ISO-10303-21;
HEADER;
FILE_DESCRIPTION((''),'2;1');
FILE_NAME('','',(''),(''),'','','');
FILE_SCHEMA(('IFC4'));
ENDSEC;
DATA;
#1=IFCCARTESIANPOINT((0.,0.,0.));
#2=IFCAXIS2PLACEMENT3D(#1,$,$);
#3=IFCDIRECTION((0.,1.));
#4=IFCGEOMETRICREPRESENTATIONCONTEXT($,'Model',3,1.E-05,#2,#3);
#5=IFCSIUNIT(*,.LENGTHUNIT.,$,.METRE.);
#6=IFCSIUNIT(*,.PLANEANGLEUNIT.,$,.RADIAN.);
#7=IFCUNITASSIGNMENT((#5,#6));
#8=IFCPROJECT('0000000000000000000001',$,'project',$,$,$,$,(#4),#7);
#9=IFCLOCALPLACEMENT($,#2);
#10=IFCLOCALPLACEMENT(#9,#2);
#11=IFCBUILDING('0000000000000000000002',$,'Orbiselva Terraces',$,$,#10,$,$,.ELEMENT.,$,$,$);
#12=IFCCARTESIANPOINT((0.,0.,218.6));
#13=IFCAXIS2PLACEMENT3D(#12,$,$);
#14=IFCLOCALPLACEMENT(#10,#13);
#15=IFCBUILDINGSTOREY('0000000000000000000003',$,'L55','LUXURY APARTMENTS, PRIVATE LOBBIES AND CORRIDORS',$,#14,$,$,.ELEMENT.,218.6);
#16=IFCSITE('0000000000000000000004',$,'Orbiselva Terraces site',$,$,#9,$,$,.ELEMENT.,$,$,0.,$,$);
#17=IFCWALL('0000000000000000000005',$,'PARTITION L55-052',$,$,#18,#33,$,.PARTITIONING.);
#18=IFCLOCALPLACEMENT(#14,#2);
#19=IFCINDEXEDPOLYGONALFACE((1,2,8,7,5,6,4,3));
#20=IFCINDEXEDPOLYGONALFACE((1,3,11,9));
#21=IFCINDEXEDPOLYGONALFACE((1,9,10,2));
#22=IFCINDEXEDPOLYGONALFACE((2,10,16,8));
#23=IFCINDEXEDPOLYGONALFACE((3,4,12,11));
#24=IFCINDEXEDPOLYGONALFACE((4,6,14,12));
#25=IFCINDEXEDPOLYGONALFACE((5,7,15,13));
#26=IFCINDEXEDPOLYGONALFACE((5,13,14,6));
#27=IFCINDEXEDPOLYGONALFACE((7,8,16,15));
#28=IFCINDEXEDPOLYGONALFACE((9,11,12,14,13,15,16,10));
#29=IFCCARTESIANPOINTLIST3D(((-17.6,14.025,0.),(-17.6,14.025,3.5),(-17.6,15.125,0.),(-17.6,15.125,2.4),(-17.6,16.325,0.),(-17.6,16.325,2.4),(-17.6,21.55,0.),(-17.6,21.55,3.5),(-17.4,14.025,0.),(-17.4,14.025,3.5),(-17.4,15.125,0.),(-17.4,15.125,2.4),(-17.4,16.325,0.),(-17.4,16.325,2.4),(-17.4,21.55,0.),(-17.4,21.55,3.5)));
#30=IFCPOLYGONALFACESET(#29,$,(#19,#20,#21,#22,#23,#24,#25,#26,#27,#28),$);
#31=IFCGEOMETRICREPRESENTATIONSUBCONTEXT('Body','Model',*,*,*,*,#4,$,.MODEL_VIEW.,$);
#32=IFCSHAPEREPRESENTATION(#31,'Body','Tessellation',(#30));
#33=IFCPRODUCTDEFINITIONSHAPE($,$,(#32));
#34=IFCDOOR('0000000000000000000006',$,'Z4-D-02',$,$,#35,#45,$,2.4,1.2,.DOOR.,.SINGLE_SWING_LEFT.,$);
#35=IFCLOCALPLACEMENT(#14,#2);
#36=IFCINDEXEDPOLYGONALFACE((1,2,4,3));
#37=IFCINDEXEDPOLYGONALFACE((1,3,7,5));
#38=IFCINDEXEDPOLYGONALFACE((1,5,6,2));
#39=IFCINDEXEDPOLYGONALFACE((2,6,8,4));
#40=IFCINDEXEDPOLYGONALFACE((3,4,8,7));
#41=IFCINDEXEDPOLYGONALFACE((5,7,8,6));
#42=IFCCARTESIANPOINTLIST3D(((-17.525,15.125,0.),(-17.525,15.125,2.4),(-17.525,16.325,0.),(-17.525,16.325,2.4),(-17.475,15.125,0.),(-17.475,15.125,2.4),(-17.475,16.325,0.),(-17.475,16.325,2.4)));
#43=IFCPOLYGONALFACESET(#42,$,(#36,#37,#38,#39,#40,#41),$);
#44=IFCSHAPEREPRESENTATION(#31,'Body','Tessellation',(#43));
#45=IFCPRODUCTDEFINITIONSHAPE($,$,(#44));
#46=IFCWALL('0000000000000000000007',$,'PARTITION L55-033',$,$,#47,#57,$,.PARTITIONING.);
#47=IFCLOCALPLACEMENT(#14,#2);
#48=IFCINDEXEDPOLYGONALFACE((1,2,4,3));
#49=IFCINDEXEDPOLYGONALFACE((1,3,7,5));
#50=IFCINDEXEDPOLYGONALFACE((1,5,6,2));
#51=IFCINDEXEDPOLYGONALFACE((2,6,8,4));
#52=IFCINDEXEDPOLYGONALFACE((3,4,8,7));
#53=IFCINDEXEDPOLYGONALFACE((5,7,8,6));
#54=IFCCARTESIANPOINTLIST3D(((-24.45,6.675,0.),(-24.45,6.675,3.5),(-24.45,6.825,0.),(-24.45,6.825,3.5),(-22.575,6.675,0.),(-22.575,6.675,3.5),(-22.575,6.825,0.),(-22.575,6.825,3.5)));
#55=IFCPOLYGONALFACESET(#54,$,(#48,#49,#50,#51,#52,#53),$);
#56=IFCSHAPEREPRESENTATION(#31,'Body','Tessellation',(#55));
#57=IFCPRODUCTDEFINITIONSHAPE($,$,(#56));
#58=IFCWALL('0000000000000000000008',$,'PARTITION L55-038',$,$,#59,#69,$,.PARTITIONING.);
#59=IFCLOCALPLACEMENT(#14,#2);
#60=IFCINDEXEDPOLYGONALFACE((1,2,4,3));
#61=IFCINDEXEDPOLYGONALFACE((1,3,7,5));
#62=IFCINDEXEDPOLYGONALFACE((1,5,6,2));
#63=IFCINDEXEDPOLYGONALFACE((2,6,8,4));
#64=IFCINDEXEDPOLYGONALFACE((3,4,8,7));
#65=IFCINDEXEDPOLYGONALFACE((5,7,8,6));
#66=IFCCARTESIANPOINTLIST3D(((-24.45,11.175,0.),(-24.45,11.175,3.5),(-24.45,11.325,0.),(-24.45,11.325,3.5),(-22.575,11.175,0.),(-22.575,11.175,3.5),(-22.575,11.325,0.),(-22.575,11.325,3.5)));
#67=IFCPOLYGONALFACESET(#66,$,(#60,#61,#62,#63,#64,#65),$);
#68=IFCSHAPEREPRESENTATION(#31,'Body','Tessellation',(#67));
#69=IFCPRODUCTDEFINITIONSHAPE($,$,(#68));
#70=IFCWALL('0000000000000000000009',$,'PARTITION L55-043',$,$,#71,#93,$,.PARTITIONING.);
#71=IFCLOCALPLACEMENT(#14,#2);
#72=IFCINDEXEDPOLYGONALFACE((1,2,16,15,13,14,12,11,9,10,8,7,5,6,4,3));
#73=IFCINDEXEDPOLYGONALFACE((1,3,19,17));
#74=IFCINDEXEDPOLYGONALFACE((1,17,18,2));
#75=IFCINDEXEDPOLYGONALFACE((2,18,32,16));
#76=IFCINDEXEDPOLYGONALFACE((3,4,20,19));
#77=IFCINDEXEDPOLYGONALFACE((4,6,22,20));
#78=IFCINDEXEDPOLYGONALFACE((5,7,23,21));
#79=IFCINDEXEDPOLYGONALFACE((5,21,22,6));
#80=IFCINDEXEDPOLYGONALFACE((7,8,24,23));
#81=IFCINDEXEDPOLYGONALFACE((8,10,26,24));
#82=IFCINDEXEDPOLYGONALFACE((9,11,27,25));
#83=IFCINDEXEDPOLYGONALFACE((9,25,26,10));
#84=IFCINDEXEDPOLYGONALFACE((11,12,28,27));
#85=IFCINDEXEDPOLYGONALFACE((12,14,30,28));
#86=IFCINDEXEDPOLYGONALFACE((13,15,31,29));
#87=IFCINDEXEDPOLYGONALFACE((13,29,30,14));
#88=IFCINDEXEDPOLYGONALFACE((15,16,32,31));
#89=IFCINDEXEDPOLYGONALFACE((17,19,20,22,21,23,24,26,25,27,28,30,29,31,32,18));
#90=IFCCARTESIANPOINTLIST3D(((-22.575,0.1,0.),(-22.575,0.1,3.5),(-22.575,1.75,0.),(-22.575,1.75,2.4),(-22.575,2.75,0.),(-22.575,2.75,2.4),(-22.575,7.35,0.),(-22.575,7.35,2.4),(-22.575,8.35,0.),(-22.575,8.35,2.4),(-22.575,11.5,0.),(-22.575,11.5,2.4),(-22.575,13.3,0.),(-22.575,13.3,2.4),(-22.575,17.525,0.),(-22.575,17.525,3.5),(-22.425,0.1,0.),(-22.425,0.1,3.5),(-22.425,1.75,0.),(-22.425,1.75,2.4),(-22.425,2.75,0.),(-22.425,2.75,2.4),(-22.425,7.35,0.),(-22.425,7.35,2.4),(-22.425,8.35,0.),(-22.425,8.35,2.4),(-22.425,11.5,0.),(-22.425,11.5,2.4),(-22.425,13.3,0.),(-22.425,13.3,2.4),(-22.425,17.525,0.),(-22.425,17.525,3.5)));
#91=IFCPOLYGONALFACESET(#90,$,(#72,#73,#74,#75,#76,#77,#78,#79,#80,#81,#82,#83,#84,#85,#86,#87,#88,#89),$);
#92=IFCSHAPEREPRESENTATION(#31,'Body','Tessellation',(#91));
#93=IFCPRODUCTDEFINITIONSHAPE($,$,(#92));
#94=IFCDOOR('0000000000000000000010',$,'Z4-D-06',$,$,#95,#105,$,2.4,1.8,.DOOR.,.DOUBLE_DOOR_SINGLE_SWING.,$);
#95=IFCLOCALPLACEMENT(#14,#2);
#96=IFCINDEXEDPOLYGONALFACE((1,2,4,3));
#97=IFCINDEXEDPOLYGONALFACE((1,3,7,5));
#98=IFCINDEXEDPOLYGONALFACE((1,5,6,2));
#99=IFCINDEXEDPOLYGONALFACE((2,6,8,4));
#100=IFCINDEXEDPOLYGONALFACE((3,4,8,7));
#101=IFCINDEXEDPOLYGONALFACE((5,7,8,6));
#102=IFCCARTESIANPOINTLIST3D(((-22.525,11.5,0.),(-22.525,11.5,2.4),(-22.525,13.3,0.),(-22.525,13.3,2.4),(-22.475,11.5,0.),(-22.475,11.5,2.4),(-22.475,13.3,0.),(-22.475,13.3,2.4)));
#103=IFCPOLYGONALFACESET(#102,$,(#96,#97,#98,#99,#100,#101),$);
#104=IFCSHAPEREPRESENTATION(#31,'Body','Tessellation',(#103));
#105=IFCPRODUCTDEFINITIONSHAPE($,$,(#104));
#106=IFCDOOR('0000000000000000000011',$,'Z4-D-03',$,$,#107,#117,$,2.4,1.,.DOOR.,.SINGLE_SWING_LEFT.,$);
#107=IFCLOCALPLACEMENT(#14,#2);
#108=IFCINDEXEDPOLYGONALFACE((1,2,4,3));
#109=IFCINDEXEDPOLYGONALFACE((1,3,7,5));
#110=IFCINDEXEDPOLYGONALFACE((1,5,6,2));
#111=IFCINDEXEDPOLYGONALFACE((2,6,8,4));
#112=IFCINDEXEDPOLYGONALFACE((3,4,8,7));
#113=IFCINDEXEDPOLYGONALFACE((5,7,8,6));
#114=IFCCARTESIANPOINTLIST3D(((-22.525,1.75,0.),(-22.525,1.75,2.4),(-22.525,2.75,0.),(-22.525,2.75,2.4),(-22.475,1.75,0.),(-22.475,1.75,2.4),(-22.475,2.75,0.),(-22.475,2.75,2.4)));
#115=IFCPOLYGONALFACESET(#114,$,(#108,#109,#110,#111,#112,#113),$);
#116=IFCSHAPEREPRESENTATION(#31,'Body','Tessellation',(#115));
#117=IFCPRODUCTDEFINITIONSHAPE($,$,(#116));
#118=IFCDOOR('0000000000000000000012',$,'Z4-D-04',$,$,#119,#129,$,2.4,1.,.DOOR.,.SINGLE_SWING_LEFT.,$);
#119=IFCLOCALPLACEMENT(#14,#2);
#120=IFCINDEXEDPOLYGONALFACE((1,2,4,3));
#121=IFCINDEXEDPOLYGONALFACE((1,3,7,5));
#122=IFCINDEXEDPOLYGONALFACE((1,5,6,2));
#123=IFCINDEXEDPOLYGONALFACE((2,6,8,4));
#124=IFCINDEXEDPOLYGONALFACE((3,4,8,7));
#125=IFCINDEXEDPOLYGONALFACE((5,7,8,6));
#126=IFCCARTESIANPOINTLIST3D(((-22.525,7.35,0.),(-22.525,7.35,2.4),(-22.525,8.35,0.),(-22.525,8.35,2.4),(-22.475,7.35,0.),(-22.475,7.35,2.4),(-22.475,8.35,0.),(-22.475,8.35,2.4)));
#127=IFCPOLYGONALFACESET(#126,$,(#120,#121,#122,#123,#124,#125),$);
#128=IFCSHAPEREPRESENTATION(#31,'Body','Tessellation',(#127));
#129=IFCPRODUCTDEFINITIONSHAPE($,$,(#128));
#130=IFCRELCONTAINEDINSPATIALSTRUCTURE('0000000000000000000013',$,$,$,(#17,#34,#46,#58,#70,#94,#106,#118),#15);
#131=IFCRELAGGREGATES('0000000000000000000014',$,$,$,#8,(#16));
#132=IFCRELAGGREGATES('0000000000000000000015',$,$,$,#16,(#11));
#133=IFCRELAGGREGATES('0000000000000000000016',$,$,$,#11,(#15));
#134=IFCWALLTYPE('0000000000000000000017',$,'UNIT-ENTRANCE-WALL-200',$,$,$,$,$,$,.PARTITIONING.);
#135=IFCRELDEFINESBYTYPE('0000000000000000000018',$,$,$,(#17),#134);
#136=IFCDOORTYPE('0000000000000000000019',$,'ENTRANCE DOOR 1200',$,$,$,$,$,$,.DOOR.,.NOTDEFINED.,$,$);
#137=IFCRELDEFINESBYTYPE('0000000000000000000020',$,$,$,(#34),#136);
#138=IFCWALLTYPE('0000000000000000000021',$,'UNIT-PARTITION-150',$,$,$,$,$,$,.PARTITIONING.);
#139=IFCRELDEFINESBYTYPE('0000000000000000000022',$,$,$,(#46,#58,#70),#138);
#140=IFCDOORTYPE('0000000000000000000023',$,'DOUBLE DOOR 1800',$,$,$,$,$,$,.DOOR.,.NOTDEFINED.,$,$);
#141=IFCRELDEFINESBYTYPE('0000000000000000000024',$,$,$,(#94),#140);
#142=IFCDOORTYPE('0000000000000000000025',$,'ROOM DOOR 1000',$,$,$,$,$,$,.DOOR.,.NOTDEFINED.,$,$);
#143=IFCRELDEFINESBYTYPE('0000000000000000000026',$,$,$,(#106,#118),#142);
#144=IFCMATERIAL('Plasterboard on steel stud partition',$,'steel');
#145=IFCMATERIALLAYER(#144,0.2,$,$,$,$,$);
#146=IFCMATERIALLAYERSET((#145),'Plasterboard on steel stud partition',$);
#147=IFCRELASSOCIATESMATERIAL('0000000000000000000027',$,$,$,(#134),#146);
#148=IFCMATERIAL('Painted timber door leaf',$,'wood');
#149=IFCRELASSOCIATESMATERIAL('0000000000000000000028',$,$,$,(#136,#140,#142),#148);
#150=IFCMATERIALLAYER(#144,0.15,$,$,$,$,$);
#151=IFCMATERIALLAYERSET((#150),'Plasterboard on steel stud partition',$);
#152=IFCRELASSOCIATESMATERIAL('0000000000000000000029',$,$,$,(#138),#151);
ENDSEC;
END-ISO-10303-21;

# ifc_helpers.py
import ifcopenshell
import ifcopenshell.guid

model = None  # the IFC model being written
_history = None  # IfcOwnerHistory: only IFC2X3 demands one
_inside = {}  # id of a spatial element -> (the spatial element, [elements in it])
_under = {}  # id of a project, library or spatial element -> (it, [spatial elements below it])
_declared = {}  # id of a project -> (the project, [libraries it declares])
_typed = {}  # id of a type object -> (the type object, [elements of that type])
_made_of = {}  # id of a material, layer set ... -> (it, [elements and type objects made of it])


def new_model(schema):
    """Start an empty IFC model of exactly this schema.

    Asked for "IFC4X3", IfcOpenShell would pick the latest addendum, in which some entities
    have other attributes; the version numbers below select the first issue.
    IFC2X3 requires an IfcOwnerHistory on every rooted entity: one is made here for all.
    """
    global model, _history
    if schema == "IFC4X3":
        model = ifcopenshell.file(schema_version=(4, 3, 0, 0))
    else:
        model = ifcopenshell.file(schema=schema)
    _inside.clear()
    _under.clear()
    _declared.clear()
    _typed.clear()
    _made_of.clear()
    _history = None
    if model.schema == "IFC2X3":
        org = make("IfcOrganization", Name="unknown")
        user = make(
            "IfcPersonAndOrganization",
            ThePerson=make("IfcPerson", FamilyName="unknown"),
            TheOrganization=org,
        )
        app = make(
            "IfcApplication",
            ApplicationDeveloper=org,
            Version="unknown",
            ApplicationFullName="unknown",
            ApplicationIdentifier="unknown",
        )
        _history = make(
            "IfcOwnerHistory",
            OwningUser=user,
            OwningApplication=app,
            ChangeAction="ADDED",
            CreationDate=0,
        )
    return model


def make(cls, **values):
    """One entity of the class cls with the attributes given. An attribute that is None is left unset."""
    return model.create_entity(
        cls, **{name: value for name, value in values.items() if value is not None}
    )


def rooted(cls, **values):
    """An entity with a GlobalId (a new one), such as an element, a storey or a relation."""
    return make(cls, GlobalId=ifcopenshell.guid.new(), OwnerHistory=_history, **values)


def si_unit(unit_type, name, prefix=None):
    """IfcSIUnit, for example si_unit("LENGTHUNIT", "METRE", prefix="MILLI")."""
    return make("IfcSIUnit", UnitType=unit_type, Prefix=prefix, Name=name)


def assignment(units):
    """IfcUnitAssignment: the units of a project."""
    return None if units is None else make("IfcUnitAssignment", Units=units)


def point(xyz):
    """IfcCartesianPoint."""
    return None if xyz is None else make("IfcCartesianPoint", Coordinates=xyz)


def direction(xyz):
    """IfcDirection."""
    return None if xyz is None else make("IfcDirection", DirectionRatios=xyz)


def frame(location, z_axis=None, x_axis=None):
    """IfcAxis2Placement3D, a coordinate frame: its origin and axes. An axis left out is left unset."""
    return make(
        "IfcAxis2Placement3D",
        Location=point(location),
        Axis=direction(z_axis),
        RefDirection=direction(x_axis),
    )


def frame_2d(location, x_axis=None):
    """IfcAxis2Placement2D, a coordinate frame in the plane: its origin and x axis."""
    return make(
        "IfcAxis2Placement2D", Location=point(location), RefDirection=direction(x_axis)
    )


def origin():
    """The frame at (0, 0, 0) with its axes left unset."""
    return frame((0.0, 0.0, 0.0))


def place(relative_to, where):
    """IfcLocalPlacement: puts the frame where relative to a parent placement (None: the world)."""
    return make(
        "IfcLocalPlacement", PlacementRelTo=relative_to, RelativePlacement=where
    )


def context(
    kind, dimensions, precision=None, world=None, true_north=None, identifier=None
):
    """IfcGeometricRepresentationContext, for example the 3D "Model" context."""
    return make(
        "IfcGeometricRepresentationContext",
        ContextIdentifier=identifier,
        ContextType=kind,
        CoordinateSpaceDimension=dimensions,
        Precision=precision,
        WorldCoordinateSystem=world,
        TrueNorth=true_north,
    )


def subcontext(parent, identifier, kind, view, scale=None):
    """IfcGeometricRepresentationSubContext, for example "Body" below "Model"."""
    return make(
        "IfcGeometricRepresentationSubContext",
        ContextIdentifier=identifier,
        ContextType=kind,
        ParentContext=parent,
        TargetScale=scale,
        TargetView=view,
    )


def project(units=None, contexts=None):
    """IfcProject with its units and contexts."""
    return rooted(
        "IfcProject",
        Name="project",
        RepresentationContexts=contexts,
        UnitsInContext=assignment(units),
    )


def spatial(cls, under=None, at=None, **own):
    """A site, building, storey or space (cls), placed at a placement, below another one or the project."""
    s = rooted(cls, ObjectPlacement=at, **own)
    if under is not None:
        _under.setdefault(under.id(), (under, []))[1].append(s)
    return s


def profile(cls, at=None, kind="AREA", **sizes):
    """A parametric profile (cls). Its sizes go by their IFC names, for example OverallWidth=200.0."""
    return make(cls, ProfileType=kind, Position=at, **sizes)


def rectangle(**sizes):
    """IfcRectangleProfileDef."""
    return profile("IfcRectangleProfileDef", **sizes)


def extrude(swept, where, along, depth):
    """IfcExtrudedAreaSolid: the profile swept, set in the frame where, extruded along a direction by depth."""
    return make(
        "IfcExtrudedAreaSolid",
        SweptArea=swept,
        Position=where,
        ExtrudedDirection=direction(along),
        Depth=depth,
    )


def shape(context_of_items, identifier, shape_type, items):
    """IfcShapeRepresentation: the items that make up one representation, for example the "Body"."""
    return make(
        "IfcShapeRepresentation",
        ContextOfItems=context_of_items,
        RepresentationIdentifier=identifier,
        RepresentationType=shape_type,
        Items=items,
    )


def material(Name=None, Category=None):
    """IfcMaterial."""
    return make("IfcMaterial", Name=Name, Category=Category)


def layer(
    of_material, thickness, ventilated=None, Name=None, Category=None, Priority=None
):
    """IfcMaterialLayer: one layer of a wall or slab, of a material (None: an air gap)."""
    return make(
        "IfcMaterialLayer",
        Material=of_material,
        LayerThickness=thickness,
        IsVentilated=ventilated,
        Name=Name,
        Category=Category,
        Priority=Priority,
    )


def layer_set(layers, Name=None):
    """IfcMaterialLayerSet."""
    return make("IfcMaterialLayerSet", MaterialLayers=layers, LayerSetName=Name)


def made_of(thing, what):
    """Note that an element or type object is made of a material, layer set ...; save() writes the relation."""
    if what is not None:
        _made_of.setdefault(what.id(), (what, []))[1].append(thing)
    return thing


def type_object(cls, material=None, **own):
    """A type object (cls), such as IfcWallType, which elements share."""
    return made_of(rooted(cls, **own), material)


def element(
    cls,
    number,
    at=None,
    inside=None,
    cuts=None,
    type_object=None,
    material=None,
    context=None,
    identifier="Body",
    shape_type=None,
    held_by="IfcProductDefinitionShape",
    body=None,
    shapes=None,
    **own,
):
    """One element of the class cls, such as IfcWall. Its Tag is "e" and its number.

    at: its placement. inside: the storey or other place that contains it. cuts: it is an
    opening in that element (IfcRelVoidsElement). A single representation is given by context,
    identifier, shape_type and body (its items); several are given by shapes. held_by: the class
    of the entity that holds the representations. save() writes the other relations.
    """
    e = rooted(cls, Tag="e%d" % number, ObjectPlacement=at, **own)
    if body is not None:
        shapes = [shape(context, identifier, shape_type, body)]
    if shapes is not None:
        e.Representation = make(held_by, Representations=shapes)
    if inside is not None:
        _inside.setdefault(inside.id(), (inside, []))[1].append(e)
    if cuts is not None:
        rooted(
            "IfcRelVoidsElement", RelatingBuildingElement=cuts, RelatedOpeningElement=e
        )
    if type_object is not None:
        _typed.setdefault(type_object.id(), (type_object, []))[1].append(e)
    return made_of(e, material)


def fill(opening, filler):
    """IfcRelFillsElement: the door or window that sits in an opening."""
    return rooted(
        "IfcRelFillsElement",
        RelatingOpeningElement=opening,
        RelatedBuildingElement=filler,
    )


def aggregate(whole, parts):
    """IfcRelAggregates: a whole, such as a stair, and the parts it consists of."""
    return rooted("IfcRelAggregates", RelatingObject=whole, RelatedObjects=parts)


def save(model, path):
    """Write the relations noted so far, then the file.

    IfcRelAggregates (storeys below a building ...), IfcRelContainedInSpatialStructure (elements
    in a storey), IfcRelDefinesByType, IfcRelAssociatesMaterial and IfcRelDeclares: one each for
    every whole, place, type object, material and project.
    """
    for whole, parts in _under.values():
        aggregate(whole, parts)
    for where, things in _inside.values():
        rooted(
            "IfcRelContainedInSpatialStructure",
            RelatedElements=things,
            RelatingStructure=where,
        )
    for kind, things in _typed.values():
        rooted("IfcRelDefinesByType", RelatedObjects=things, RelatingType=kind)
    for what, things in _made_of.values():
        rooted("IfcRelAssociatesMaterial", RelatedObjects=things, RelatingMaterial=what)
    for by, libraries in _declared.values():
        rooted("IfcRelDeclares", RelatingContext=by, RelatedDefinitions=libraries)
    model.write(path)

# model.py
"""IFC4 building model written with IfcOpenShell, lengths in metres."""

from ifc_helpers import new_model, si_unit, direction, frame, frame_2d, origin, place, context, subcontext, project, spatial, rectangle, extrude, material, layer, layer_set, type_object, element, fill, save


model = new_model("IFC4")

# Units and contexts
model_context = context("Model", 3, precision=1e-05, world=origin(), true_north=direction((0.0, 1.0)))
body_context = subcontext(model_context, "Body", "Model", "MODEL_VIEW")
ifc_project = project(units=[si_unit("LENGTHUNIT", "METRE"), si_unit("PLANEANGLEUNIT", "RADIAN")], contexts=[model_context])

# Site, building, storey
site_placement = place(None, origin())
site = spatial("IfcSite", under=ifc_project, at=site_placement, Name="Orbiselva Terraces site", CompositionType="ELEMENT", RefElevation=0.0)
building_placement = place(site_placement, origin())
building = spatial("IfcBuilding", under=site, at=building_placement, Name="Orbiselva Terraces", CompositionType="ELEMENT")
storey_placement = place(building_placement, frame((0.0, 0.0, 218.6)))
storey = spatial("IfcBuildingStorey", under=building, at=storey_placement, Name="L55", Description="LUXURY APARTMENTS, PRIVATE LOBBIES AND CORRIDORS", CompositionType="ELEMENT", Elevation=218.6)

# Shared definitions
ifc_material_1 = material(Name="Plasterboard on steel stud partition", Category="steel")
ifc_layer_1 = layer(ifc_material_1, 0.2)
ifc_layer_set_1 = layer_set([ifc_layer_1], Name="Plasterboard on steel stud partition")
wall_type_1 = type_object("IfcWallType", Name="UNIT-ENTRANCE-WALL-200", PredefinedType="PARTITIONING", material=ifc_layer_set_1)

# Wall, opening, door
wall_1_placement = place(storey_placement, frame((-17.5, 14.025, 0.0), z_axis=(0.0, 0.0, 1.0), x_axis=(0.0, 1.0, 0.0)))
wall_1 = element("IfcWall", 1, at=wall_1_placement, inside=storey, type_object=wall_type_1, Name="PARTITION L55-052", PredefinedType="PARTITIONING", context=body_context, shape_type="SweptSolid", body=[
    extrude(rectangle(XDim=7.525, YDim=0.2, at=frame_2d((3.7625, 0.0))), origin(), (0.0, 0.0, 1.0), 3.5),
])
opening_1_placement = place(wall_1_placement, frame((1.1, 0.0, 0.0)))
opening_1 = element("IfcOpeningElement", 2, at=opening_1_placement, cuts=wall_1, PredefinedType="OPENING", context=body_context, shape_type="SweptSolid", body=[
    extrude(rectangle(XDim=1.2, YDim=2.4, at=frame_2d((0.6, 1.2))), frame((0.0, 0.11, 0.0), z_axis=(0.0, -1.0, 0.0), x_axis=(1.0, 0.0, 0.0)), (0.0, 0.0, 1.0), 0.22),
])
ifc_material_2 = material(Name="Painted timber door leaf", Category="wood")
door_type_1 = type_object("IfcDoorType", Name="ENTRANCE DOOR 1200", OperationType="NOTDEFINED", PredefinedType="DOOR", material=ifc_material_2)
door_1_placement = place(opening_1_placement, origin())
door_1 = element("IfcDoor", 3, at=door_1_placement, inside=storey, type_object=door_type_1, Name="Z4-D-02", OperationType="SINGLE_SWING_LEFT", OverallHeight=2.4, OverallWidth=1.2, PredefinedType="DOOR", context=body_context, shape_type="SweptSolid", body=[
    extrude(rectangle(XDim=1.2, YDim=2.4, at=frame_2d((0.6, 1.2))), frame((0.0, 0.025, 0.0), z_axis=(0.0, -1.0, 0.0), x_axis=(1.0, 0.0, 0.0)), (0.0, 0.0, 1.0), 0.05),
])
fill(opening_1, door_1)

# Walls
ifc_layer_2 = layer(ifc_material_1, 0.15)
ifc_layer_set_2 = layer_set([ifc_layer_2], Name="Plasterboard on steel stud partition")
wall_type_2 = type_object("IfcWallType", Name="UNIT-PARTITION-150", PredefinedType="PARTITIONING", material=ifc_layer_set_2)
for number, where, z_axis, x_axis, name in (
    (4, (-24.45, 6.75, 0.0), (0.0, 0.0, 1.0), (1.0, 0.0, 0.0), "PARTITION L55-033"),
    (5, (-24.45, 11.25, 0.0), (0.0, 0.0, 1.0), (1.0, 0.0, 0.0), "PARTITION L55-038"),
):
    element("IfcWall", number, at=place(storey_placement, frame(where, z_axis=z_axis, x_axis=x_axis)), inside=storey, type_object=wall_type_2, Name=name, PredefinedType="PARTITIONING", context=body_context, shape_type="SweptSolid", body=[
        extrude(rectangle(XDim=1.875, YDim=0.15, at=frame_2d((0.9375, 0.0))), origin(), (0.0, 0.0, 1.0), 3.5),
    ])

# Wall, openings, doors
wall_2_placement = place(storey_placement, frame((-22.5, 0.1, 0.0), z_axis=(0.0, 0.0, 1.0), x_axis=(0.0, 1.0, 0.0)))
wall_2 = element("IfcWall", 6, at=wall_2_placement, inside=storey, type_object=wall_type_2, Name="PARTITION L55-043", PredefinedType="PARTITIONING", context=body_context, shape_type="SweptSolid", body=[
    extrude(rectangle(XDim=17.425, YDim=0.15, at=frame_2d((8.7125, 0.0))), origin(), (0.0, 0.0, 1.0), 3.5),
])
opening_2_placement = place(wall_2_placement, frame((1.65, 0.0, 0.0)))
opening_2 = element("IfcOpeningElement", 7, at=opening_2_placement, cuts=wall_2, PredefinedType="OPENING", context=body_context, shape_type="SweptSolid", body=[
    extrude(rectangle(XDim=1.0, YDim=2.4, at=frame_2d((0.5, 1.2))), frame((0.0, 0.085, 0.0), z_axis=(0.0, -1.0, 0.0), x_axis=(1.0, 0.0, 0.0)), (0.0, 0.0, 1.0), 0.17),
])
opening_3_placement = place(wall_2_placement, frame((7.25, 0.0, 0.0)))
opening_3 = element("IfcOpeningElement", 8, at=opening_3_placement, cuts=wall_2, PredefinedType="OPENING", context=body_context, shape_type="SweptSolid", body=[
    extrude(rectangle(XDim=1.0, YDim=2.4, at=frame_2d((0.5, 1.2))), frame((0.0, 0.085, 0.0), z_axis=(0.0, -1.0, 0.0), x_axis=(1.0, 0.0, 0.0)), (0.0, 0.0, 1.0), 0.17),
])
opening_4_placement = place(wall_2_placement, frame((11.4, 0.0, 0.0)))
opening_4 = element("IfcOpeningElement", 9, at=opening_4_placement, cuts=wall_2, PredefinedType="OPENING", context=body_context, shape_type="SweptSolid", body=[
    extrude(rectangle(XDim=1.8, YDim=2.4, at=frame_2d((0.9, 1.2))), frame((0.0, 0.085, 0.0), z_axis=(0.0, -1.0, 0.0), x_axis=(1.0, 0.0, 0.0)), (0.0, 0.0, 1.0), 0.17),
])
door_type_2 = type_object("IfcDoorType", Name="DOUBLE DOOR 1800", OperationType="NOTDEFINED", PredefinedType="DOOR", material=ifc_material_2)
door_2_placement = place(opening_4_placement, origin())
door_2 = element("IfcDoor", 10, at=door_2_placement, inside=storey, type_object=door_type_2, Name="Z4-D-06", OperationType="DOUBLE_DOOR_SINGLE_SWING", OverallHeight=2.4, OverallWidth=1.8, PredefinedType="DOOR", context=body_context, shape_type="SweptSolid", body=[
    extrude(rectangle(XDim=1.8, YDim=2.4, at=frame_2d((0.9, 1.2))), frame((0.0, 0.025, 0.0), z_axis=(0.0, -1.0, 0.0), x_axis=(1.0, 0.0, 0.0)), (0.0, 0.0, 1.0), 0.05),
])
fill(opening_4, door_2)
door_type_3 = type_object("IfcDoorType", Name="ROOM DOOR 1000", OperationType="NOTDEFINED", PredefinedType="DOOR", material=ifc_material_2)
door_3_placement = place(opening_2_placement, origin())
door_3 = element("IfcDoor", 11, at=door_3_placement, inside=storey, type_object=door_type_3, Name="Z4-D-03", OperationType="SINGLE_SWING_LEFT", OverallHeight=2.4, OverallWidth=1.0, PredefinedType="DOOR", context=body_context, shape_type="SweptSolid", body=[
    extrude(rectangle(XDim=1.0, YDim=2.4, at=frame_2d((0.5, 1.2))), frame((0.0, 0.025, 0.0), z_axis=(0.0, -1.0, 0.0), x_axis=(1.0, 0.0, 0.0)), (0.0, 0.0, 1.0), 0.05),
])
fill(opening_2, door_3)
door_4_placement = place(opening_3_placement, origin())
door_4 = element("IfcDoor", 12, at=door_4_placement, inside=storey, type_object=door_type_3, Name="Z4-D-04", OperationType="SINGLE_SWING_LEFT", OverallHeight=2.4, OverallWidth=1.0, PredefinedType="DOOR", context=body_context, shape_type="SweptSolid", body=[
    extrude(rectangle(XDim=1.0, YDim=2.4, at=frame_2d((0.5, 1.2))), frame((0.0, 0.025, 0.0), z_axis=(0.0, -1.0, 0.0), x_axis=(1.0, 0.0, 0.0)), (0.0, 0.0, 1.0), 0.05),
])
fill(opening_3, door_4)

save(model, "model.ifc")
